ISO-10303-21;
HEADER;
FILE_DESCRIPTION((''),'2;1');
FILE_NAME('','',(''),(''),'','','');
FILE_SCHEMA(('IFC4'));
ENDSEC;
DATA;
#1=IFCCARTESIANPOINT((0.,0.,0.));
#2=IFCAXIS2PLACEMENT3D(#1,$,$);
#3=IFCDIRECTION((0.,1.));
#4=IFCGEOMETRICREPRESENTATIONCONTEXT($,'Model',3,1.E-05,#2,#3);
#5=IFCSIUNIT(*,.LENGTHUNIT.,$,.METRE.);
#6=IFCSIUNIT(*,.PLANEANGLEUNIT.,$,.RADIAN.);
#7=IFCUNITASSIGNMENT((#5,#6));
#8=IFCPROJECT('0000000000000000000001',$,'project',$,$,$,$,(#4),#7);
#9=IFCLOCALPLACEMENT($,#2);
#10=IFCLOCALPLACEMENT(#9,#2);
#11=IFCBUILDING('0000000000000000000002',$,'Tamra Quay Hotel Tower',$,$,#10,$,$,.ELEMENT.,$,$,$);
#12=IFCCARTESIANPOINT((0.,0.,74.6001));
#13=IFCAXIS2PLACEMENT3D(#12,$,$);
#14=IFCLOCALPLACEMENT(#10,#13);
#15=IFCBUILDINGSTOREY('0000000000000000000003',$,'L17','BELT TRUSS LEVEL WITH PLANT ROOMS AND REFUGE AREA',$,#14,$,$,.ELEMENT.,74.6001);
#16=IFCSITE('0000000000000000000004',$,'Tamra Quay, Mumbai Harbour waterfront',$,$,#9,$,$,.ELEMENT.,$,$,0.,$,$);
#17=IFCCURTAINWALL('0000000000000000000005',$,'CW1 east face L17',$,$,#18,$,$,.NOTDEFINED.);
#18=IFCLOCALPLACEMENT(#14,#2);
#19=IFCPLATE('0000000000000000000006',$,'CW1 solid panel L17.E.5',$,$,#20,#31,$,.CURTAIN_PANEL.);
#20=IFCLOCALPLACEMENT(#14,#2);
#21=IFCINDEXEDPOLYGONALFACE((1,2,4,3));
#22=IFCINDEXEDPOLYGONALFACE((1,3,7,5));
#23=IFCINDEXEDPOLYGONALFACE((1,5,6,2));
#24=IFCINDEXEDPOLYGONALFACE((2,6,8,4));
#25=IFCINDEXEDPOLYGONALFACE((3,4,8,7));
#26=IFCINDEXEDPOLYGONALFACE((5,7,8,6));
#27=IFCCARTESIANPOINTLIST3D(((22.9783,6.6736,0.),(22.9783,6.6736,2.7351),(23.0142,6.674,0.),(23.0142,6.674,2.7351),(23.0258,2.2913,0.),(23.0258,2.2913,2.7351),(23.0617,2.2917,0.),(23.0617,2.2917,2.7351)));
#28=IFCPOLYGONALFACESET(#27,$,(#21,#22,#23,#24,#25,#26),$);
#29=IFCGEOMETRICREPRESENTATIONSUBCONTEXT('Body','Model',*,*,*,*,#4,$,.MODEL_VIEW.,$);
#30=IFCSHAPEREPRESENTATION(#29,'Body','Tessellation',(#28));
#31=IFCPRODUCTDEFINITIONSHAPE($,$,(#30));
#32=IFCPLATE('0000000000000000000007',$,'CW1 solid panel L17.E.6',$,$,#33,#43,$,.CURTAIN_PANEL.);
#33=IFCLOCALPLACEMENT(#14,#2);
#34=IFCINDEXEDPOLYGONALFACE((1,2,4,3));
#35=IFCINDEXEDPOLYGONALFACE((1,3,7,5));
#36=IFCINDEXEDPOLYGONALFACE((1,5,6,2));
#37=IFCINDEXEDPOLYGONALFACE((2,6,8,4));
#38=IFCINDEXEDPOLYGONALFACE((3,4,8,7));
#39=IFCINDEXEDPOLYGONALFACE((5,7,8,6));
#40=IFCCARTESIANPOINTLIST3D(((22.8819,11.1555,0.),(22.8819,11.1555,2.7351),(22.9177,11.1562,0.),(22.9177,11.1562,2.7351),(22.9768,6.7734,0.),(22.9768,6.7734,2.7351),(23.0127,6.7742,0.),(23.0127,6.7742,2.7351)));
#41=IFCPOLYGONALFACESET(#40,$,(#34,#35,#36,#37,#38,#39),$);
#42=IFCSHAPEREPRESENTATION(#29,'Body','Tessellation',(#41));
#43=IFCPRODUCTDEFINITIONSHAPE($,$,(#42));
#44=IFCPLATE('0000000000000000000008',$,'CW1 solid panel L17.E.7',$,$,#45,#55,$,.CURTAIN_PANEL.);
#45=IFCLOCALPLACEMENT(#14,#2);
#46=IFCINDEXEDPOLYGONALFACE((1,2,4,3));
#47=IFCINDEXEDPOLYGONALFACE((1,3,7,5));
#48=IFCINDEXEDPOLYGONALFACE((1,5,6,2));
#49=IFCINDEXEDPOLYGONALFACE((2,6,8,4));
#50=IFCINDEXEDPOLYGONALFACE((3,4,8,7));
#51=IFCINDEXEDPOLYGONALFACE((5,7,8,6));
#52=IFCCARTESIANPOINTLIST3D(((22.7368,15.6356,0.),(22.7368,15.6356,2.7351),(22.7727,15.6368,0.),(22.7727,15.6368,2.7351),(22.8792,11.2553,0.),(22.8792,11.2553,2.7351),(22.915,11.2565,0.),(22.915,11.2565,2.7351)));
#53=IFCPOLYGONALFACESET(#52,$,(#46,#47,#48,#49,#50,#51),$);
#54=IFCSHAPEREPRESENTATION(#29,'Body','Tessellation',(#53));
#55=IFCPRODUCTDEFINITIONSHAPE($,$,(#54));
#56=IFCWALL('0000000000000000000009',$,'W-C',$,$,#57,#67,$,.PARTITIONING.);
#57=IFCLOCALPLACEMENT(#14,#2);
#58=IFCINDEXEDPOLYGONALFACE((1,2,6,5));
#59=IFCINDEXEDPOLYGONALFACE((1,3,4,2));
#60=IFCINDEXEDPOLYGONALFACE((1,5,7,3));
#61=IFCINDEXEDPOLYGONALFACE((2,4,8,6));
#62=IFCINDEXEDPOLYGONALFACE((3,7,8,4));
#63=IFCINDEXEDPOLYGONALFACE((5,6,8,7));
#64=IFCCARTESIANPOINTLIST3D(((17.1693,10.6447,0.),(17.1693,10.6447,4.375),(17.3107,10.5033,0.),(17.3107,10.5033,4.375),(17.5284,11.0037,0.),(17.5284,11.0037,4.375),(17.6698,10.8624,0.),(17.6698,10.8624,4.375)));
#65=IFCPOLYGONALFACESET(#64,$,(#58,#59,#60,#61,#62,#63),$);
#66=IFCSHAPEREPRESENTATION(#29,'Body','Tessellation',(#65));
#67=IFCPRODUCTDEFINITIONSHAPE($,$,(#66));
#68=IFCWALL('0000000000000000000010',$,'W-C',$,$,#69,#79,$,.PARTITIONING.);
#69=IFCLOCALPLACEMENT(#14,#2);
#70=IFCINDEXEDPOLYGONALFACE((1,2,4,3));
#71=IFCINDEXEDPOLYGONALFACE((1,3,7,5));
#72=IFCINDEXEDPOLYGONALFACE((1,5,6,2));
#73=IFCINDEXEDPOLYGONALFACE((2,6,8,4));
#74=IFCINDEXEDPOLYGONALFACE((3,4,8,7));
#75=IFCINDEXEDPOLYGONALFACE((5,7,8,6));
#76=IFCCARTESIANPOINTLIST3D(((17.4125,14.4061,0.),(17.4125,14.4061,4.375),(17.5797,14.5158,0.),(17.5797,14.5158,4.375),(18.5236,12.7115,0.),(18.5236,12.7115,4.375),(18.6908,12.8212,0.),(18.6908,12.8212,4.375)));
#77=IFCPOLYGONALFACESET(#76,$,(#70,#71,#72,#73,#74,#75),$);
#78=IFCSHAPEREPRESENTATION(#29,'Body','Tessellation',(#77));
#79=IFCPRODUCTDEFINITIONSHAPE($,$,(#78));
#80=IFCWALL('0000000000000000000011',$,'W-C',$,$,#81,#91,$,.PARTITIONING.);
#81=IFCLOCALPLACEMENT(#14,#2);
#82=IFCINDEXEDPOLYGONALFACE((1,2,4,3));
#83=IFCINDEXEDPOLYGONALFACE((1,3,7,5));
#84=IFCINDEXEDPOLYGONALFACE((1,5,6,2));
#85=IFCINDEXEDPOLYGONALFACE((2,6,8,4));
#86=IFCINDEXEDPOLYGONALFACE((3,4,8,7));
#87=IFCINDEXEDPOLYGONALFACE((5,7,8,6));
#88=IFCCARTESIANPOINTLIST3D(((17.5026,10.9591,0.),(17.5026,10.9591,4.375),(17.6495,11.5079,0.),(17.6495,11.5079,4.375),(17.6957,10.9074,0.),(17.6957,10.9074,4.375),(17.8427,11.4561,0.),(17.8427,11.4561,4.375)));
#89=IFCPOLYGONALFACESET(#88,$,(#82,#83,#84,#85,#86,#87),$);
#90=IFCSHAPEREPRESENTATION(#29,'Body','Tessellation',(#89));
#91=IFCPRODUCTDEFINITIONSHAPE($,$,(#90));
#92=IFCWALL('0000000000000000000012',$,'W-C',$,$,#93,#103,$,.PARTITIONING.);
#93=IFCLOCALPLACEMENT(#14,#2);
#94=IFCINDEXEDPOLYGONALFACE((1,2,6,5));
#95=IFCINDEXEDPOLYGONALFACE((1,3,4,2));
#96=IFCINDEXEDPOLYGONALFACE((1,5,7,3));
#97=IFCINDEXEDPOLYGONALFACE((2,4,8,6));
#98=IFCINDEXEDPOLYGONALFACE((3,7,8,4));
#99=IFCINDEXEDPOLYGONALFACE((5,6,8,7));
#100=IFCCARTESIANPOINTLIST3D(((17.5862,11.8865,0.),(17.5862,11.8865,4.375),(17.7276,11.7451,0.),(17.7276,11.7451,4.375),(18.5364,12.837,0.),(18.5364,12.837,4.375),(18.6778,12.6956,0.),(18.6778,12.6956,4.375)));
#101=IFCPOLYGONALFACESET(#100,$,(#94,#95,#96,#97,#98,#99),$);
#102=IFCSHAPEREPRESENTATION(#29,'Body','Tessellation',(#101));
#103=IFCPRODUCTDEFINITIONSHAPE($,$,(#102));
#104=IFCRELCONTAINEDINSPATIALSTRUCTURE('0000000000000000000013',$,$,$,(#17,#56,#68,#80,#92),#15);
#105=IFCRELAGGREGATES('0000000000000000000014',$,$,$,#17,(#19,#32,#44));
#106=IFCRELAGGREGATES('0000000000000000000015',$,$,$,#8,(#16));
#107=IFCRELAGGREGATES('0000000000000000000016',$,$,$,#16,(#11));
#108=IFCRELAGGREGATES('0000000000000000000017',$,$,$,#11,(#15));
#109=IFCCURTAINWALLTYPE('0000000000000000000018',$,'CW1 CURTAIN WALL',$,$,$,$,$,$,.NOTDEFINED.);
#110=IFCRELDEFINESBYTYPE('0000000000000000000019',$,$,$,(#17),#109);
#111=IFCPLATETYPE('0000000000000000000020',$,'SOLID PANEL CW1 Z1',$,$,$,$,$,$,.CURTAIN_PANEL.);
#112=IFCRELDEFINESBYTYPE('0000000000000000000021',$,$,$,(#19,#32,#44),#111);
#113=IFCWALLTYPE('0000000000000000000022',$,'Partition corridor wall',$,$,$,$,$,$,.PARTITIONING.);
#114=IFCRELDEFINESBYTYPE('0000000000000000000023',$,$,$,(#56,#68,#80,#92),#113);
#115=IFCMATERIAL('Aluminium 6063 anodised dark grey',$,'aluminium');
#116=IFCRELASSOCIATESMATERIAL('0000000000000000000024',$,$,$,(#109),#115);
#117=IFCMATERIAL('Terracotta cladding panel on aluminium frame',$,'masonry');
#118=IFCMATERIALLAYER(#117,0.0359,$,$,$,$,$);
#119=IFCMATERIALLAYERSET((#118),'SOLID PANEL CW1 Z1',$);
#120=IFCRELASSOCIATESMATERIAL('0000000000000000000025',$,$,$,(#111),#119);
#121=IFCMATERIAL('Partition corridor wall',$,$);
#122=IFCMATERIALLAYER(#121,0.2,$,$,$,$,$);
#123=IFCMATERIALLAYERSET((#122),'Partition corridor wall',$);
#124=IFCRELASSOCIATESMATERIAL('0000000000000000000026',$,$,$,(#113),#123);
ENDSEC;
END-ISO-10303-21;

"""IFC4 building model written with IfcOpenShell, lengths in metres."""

from ifc_helpers import new_model, si_unit, direction, frame, frame_2d, origin, origin_2d, place, context, subcontext, project, spatial, rectangle, extrude, material, layer, layer_set, type_object, element, aggregate, save


model = new_model("IFC4")

# Units and contexts
model_context = context("Model", 3, precision=1e-05, world=origin(), true_north=direction((0.0, 1.0)))
body_context = subcontext(model_context, "Body", "Model", "MODEL_VIEW")
ifc_project = project(units=[si_unit("LENGTHUNIT", "METRE"), si_unit("PLANEANGLEUNIT", "RADIAN")], contexts=[model_context])

# Site, building, storey
site_placement = place(None, origin())
site = spatial("IfcSite", under=ifc_project, at=site_placement, Name="Tamra Quay, Mumbai Harbour waterfront", CompositionType="ELEMENT", RefElevation=0.0)
building_placement = place(site_placement, origin())
building = spatial("IfcBuilding", under=site, at=building_placement, Name="Tamra Quay Hotel Tower", CompositionType="ELEMENT")
storey_placement = place(building_placement, frame((0.0, 0.0, 74.6001)))
storey = spatial("IfcBuildingStorey", under=building, at=storey_placement, Name="L17", Description="BELT TRUSS LEVEL WITH PLANT ROOMS AND REFUGE AREA", CompositionType="ELEMENT", Elevation=74.6001)

# Curtain wall
ifc_material_1 = material(Name="Aluminium 6063 anodised dark grey", Category="aluminium")
curtain_wall_type = type_object("IfcCurtainWallType", Name="CW1 CURTAIN WALL", PredefinedType="NOTDEFINED", material=ifc_material_1)
curtain_wall_placement = place(storey_placement, origin())
curtain_wall = element("IfcCurtainWall", 1, at=curtain_wall_placement, inside=storey, type_object=curtain_wall_type, Name="CW1 east face L17", PredefinedType="NOTDEFINED")

# Plates
ifc_material_2 = material(Name="Terracotta cladding panel on aluminium frame", Category="masonry")
ifc_layer_1 = layer(ifc_material_2, 0.0359)
ifc_layer_set_1 = layer_set([ifc_layer_1], Name="SOLID PANEL CW1 Z1")
plate_type_1 = type_object("IfcPlateType", Name="SOLID PANEL CW1 Z1", PredefinedType="CURTAIN_PANEL", material=ifc_layer_set_1)
plate_1_placement = place(storey_placement, frame((23.02, 4.4827, 0.0), z_axis=(0.0, 0.0, 1.0), x_axis=(-0.010837, 0.999941, 0.0)))
plate_1 = element("IfcPlate", 2, at=plate_1_placement, type_object=plate_type_1, Name="CW1 solid panel L17.E.5", PredefinedType="CURTAIN_PANEL", context=body_context, shape_type="SweptSolid", body=[
    extrude(rectangle(XDim=4.3826, YDim=0.0359, at=origin_2d()), origin(), (0.0, 0.0, 1.0), 2.7351),
])
plate_2_placement = place(storey_placement, frame((22.9473, 8.9648, 0.0), z_axis=(0.0, 0.0, 1.0), x_axis=(-0.021658, 0.999765, 0.0)))
plate_2 = element("IfcPlate", 3, at=plate_2_placement, type_object=plate_type_1, Name="CW1 solid panel L17.E.6", PredefinedType="CURTAIN_PANEL", context=body_context, shape_type="SweptSolid", body=[
    extrude(rectangle(XDim=4.3831, YDim=0.0359, at=origin_2d()), origin(), (0.0, 0.0, 1.0), 2.7351),
])
plate_3_placement = place(storey_placement, frame((22.8259, 13.446, 0.0), z_axis=(0.0, 0.0, 1.0), x_axis=(-0.032475, 0.999473, 0.0)))
plate_3 = element("IfcPlate", 4, at=plate_3_placement, type_object=plate_type_1, Name="CW1 solid panel L17.E.7", PredefinedType="CURTAIN_PANEL", context=body_context, shape_type="SweptSolid", body=[
    extrude(rectangle(XDim=4.3826, YDim=0.0359, at=origin_2d()), origin(), (0.0, 0.0, 1.0), 2.7351),
])
aggregate(curtain_wall, [plate_1, plate_2, plate_3])

# Walls
ifc_material_3 = material(Name="Partition corridor wall")
ifc_layer_2 = layer(ifc_material_3, 0.2)
ifc_layer_set_2 = layer_set([ifc_layer_2], Name="Partition corridor wall")
wall_type = type_object("IfcWallType", Name="Partition corridor wall", PredefinedType="PARTITIONING", material=ifc_layer_set_2)
wall_1_placement = place(storey_placement, frame((17.24, 10.574, 0.0), z_axis=(0.0, 0.0, 1.0), x_axis=(0.707107, 0.707107, 0.0)))
element("IfcWall", 5, at=wall_1_placement, inside=storey, type_object=wall_type, Name="W-C", PredefinedType="PARTITIONING", context=body_context, shape_type="SweptSolid", body=[
    extrude(rectangle(XDim=0.5078, YDim=0.2, at=frame_2d((0.2539, 0.0))), origin(), (0.0, 0.0, 1.0), 4.375),
])
wall_2_placement = place(storey_placement, frame((17.4961, 14.4609, 0.0), z_axis=(0.0, 0.0, 1.0), x_axis=(0.548317, -0.836271, 0.0)))
element("IfcWall", 6, at=wall_2_placement, inside=storey, type_object=wall_type, Name="W-C", PredefinedType="PARTITIONING", context=body_context, shape_type="SweptSolid", body=[
    extrude(rectangle(XDim=2.0264, YDim=0.2, at=frame_2d((1.0132, 0.0))), origin(), (0.0, 0.0, 1.0), 4.375),
])
wall_3_placement = place(storey_placement, frame((17.5991, 10.9331, 0.0), z_axis=(0.0, 0.0, 1.0), x_axis=(0.258679, 0.965963, 0.0)))
element("IfcWall", 7, at=wall_3_placement, inside=storey, type_object=wall_type, Name="W-C", PredefinedType="PARTITIONING", context=body_context, shape_type="SweptSolid", body=[
    extrude(rectangle(XDim=0.5681, YDim=0.2, at=frame_2d((0.2842, 0.0))), origin(), (0.0, 0.0, 1.0), 4.375),
])
wall_4_placement = place(storey_placement, frame((17.657, 11.8159, 0.0), z_axis=(0.0, 0.0, 1.0), x_axis=(0.707016, 0.707198, 0.0)))
element("IfcWall", 8, at=wall_4_placement, inside=storey, type_object=wall_type, Name="W-C", PredefinedType="PARTITIONING", context=body_context, shape_type="SweptSolid", body=[
    extrude(rectangle(XDim=1.344, YDim=0.2, at=frame_2d((0.6719, 0.0))), origin(), (0.0, 0.0, 1.0), 4.375),
])

save(model, "model.ifc")
